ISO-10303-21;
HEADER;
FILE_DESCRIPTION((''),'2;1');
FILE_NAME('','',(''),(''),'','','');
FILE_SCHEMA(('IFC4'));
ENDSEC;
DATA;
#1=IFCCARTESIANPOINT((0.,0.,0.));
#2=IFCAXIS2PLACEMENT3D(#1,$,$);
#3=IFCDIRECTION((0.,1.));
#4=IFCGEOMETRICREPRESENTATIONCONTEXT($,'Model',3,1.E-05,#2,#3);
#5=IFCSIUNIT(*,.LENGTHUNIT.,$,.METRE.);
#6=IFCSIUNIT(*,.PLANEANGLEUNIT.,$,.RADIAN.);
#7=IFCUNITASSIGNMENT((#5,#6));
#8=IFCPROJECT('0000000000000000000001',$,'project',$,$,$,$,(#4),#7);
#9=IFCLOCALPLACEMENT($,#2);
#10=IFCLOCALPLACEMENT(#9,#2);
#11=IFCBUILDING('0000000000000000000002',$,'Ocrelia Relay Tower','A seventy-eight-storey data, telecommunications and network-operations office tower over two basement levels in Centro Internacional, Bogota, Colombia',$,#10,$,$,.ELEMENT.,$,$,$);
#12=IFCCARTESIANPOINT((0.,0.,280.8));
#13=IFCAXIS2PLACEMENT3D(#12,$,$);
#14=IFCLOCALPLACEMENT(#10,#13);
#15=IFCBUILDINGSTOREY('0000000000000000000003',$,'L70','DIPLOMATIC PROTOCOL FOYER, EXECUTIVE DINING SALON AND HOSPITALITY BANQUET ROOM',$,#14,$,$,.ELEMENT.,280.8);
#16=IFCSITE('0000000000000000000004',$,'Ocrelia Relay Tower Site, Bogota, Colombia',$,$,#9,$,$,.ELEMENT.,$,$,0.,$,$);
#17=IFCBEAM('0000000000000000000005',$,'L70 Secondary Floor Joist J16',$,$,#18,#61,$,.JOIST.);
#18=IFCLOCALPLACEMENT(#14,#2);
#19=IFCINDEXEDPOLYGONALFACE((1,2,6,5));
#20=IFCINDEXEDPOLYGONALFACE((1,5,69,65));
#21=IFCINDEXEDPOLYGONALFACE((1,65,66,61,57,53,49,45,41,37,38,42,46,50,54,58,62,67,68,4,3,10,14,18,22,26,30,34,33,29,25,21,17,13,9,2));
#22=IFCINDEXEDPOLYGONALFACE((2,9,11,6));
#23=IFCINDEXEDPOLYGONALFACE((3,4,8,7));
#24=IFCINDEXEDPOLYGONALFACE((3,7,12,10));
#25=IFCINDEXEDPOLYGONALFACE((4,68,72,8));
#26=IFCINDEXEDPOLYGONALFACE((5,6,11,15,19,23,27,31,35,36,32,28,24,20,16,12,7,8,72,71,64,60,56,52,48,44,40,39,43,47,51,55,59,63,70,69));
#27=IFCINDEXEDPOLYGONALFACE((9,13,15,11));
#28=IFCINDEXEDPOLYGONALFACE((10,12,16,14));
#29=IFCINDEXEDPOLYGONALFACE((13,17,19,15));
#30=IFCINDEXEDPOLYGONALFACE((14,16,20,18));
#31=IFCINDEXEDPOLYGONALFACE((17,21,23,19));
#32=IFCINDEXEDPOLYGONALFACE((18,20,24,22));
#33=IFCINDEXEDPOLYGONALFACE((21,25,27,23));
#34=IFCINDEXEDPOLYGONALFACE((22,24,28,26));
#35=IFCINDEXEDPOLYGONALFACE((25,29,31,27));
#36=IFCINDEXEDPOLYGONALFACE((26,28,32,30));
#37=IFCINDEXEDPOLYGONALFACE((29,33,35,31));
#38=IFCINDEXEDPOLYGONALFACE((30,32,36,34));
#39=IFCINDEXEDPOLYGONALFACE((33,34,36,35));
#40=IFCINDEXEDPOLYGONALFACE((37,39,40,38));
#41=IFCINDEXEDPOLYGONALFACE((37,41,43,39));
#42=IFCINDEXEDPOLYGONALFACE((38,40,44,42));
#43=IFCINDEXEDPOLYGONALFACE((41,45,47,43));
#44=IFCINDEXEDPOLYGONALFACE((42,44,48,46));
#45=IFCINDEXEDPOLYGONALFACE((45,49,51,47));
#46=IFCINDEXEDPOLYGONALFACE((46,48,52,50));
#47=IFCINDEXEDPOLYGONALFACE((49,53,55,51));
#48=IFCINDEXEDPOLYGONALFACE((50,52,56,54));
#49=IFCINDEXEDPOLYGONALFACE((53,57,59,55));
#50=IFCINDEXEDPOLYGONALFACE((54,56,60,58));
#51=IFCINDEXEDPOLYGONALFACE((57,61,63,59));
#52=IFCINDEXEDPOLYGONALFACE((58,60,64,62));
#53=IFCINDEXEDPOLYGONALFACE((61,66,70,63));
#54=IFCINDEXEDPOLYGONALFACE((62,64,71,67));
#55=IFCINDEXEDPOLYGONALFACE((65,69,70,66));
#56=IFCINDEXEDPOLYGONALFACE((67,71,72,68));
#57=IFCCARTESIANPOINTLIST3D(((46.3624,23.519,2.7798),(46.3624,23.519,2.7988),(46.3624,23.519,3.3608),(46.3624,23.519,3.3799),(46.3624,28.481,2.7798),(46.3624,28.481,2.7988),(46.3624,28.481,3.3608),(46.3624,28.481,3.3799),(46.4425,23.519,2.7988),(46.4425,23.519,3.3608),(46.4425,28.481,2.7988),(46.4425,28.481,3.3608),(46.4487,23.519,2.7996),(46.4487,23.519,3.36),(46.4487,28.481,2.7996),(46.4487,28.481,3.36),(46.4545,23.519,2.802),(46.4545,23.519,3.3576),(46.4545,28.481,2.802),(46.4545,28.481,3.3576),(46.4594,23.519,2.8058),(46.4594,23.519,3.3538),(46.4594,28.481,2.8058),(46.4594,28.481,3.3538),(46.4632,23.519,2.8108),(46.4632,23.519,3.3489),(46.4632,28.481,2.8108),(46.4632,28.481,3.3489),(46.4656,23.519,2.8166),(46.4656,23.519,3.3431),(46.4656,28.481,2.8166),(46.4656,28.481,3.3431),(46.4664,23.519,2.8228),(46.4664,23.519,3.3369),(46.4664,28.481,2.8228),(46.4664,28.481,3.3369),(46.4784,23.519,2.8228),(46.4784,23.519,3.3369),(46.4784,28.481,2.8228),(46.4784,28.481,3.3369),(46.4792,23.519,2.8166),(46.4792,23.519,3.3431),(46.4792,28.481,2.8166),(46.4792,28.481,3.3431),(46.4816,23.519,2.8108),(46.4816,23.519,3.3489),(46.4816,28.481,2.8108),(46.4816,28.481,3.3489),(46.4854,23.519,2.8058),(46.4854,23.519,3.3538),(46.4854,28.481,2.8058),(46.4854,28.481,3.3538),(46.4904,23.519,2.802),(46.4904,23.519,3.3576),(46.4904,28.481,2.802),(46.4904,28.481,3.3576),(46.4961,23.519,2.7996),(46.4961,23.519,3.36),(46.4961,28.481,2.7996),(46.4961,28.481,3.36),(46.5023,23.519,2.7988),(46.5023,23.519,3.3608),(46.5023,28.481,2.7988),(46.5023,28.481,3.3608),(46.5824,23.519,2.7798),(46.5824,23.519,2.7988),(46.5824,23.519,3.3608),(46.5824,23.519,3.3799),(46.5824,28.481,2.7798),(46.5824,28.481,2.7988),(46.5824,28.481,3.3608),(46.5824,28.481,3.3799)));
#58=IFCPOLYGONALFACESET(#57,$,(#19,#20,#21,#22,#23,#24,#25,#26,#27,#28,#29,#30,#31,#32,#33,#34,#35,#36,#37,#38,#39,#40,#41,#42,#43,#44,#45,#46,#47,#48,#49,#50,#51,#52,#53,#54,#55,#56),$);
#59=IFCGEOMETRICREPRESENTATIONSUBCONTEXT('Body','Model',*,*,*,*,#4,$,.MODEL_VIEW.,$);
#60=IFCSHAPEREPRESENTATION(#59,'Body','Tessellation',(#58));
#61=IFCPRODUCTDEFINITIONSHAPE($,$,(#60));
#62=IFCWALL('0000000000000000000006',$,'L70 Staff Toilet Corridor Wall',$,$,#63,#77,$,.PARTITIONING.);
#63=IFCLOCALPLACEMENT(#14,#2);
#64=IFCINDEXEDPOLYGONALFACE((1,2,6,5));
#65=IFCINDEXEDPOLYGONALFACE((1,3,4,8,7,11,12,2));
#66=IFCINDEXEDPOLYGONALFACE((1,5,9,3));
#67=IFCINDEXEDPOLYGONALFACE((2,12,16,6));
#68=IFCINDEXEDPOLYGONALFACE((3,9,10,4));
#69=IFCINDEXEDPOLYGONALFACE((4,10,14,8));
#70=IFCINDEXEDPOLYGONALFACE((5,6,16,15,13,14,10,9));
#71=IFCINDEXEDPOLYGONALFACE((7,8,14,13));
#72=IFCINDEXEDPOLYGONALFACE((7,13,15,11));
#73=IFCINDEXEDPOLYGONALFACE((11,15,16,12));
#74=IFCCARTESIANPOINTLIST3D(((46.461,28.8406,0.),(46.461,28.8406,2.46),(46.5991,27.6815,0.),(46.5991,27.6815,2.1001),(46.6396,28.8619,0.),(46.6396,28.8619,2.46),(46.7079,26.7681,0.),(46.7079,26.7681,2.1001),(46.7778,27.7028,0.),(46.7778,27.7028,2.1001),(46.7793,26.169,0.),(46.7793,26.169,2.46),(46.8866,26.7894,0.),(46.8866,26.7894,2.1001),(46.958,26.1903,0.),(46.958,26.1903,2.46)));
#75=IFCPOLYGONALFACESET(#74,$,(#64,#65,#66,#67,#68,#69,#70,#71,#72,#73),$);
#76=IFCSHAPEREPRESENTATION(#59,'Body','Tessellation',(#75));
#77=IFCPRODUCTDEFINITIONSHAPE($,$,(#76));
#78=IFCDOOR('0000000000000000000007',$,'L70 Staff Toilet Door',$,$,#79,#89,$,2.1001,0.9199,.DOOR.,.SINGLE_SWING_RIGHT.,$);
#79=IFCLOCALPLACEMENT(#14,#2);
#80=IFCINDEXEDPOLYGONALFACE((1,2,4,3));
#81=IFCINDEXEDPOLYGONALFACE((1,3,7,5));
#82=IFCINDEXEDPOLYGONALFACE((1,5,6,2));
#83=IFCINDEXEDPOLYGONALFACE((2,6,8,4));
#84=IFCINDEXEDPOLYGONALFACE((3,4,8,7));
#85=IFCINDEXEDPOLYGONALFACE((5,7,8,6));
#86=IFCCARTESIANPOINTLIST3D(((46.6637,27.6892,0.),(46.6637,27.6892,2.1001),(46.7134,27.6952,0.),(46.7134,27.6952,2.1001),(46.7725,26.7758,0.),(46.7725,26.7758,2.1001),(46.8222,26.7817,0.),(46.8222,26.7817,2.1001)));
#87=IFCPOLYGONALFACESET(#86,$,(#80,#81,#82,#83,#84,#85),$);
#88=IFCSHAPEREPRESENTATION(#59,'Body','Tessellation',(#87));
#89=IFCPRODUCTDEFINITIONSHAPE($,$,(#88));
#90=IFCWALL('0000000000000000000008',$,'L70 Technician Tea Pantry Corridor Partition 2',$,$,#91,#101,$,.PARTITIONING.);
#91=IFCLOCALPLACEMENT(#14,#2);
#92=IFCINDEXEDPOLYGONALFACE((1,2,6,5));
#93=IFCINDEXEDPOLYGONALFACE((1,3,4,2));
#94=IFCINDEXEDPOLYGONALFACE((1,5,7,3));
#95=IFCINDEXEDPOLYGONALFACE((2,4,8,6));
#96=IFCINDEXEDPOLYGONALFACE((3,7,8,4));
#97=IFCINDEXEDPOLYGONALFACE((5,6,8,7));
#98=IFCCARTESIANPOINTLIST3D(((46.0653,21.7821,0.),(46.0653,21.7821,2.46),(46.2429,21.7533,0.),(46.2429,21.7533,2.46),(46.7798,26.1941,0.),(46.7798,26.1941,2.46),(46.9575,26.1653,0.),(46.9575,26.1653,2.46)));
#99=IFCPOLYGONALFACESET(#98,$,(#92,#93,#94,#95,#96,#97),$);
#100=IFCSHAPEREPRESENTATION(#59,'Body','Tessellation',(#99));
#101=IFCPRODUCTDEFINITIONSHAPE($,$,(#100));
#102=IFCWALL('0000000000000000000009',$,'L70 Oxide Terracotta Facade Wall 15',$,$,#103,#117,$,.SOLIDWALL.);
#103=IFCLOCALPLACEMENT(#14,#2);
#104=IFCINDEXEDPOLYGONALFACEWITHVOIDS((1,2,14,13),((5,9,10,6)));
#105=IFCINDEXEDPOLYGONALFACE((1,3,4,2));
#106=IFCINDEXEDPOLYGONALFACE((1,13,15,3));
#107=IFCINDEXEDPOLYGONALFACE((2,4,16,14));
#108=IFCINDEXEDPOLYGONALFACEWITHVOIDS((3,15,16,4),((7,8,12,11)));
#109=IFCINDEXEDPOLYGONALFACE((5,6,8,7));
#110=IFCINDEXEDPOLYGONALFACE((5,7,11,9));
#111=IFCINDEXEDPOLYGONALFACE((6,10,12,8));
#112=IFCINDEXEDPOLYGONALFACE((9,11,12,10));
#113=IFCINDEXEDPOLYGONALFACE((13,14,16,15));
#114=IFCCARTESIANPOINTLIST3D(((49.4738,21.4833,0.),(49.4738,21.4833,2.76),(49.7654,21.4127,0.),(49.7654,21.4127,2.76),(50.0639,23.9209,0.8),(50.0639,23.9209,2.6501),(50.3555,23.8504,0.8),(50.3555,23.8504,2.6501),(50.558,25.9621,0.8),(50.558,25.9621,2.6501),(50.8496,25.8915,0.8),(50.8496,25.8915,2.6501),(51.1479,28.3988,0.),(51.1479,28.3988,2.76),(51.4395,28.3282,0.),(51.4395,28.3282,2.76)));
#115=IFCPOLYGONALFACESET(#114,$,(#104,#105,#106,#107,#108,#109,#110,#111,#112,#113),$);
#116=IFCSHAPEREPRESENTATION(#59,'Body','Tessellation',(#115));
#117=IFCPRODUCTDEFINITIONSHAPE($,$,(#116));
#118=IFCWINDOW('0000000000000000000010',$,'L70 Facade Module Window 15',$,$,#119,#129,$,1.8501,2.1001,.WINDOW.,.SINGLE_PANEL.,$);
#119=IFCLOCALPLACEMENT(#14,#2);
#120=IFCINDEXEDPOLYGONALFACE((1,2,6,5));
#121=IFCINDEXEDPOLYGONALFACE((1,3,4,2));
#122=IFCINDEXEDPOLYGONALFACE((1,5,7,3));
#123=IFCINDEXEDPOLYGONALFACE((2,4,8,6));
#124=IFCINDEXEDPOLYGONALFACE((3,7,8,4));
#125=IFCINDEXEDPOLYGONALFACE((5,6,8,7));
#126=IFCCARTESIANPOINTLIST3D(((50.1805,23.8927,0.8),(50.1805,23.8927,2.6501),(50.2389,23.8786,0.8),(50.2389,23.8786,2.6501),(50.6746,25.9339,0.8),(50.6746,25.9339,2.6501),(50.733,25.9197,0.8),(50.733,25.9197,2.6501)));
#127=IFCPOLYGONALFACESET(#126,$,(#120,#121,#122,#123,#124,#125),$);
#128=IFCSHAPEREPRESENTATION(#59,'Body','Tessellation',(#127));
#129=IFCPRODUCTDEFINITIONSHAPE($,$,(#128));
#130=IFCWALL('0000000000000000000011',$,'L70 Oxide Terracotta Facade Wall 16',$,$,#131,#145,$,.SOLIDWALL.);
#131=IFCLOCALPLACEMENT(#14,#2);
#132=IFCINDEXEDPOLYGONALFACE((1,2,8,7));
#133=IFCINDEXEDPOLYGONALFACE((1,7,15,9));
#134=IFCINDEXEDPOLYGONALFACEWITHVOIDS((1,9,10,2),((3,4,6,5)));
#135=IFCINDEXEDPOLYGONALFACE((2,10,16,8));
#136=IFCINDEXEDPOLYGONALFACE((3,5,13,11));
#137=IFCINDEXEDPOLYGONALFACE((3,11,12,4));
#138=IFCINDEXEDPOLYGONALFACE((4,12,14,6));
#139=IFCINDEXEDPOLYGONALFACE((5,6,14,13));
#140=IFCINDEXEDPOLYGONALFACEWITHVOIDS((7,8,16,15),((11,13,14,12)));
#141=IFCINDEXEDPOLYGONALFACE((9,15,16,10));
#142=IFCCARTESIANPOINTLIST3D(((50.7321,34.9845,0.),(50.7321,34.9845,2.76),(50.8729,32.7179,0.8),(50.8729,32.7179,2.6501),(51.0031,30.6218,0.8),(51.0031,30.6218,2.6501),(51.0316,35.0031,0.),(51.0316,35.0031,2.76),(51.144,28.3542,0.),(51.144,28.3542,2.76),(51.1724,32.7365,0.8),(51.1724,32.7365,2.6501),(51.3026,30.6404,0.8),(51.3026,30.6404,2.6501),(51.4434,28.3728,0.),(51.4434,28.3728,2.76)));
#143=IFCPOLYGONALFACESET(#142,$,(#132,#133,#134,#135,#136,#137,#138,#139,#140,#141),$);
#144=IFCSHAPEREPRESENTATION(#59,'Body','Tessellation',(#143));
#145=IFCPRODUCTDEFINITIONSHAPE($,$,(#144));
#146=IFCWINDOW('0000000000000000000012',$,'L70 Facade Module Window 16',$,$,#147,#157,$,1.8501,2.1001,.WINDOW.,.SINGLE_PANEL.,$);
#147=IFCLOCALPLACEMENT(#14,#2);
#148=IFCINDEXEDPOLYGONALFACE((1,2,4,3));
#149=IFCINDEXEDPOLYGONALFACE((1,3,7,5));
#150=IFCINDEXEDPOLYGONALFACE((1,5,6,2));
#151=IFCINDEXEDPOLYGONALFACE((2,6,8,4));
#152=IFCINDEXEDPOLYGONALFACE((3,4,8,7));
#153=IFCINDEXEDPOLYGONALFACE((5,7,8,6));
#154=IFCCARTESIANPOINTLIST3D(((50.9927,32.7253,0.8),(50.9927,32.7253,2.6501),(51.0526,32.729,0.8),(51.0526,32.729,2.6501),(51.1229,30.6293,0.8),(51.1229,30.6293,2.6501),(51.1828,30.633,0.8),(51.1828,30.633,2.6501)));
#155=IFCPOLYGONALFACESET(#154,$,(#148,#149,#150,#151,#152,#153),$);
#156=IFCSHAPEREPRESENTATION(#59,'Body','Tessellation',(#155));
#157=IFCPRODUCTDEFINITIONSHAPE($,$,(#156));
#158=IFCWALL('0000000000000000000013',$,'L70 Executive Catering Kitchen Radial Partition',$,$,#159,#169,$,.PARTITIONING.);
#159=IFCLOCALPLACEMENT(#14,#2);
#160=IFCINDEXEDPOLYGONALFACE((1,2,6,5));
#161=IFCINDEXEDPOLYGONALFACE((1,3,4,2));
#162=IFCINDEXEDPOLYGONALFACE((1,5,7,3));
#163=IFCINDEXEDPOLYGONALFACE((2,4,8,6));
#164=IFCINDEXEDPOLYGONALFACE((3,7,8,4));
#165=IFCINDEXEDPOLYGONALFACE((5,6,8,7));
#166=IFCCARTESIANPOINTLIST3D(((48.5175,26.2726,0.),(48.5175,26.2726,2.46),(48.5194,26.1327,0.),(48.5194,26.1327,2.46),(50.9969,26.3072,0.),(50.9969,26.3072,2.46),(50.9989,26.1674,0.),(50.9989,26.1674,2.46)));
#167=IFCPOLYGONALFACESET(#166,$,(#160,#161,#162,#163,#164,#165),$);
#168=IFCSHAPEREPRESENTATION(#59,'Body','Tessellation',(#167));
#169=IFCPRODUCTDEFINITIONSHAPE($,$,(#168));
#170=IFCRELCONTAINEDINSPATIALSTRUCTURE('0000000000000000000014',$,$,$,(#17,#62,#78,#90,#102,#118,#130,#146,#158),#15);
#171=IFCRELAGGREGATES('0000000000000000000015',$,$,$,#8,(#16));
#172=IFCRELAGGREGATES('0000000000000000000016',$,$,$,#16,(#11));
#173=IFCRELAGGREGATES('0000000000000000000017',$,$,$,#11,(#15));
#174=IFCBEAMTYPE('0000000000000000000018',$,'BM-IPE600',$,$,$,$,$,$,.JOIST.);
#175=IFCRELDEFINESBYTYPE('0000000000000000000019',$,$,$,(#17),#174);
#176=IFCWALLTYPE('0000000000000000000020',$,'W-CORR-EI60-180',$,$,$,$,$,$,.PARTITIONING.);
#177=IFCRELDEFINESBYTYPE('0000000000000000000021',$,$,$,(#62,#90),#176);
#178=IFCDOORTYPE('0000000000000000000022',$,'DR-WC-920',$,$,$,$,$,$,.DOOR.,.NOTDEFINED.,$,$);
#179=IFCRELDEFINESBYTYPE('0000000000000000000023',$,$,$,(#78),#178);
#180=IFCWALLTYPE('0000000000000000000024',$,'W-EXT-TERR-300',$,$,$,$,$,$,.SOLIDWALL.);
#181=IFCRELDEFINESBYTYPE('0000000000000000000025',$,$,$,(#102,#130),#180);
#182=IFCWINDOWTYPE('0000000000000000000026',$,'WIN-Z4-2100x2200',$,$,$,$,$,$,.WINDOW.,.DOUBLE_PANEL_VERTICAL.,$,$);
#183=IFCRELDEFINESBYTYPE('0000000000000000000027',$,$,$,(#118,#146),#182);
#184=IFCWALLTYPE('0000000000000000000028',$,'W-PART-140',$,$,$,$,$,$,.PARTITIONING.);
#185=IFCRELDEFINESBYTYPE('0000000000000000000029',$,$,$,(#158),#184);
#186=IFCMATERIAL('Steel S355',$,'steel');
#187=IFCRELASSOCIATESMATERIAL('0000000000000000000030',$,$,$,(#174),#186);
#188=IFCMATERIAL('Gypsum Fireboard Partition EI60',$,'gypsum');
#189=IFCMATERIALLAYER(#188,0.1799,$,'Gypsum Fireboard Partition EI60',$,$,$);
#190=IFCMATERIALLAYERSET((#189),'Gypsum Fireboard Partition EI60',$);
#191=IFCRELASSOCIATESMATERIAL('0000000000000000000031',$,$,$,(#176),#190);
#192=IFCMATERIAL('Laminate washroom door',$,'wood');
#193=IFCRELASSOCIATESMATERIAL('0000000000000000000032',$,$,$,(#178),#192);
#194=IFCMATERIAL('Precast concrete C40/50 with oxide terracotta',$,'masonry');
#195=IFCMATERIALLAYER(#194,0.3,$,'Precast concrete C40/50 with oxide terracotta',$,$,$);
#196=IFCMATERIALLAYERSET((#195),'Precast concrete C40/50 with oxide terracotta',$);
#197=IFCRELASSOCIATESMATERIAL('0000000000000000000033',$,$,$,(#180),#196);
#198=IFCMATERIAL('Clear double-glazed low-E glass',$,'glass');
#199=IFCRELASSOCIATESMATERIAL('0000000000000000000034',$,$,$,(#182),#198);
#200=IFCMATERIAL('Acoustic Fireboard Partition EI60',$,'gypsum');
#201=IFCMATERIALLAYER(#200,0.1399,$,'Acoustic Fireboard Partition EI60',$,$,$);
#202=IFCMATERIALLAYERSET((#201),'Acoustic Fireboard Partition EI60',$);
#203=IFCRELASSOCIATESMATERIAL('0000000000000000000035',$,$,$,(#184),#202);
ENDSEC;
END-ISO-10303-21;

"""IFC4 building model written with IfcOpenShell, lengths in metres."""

from ifc_helpers import new_model, si_unit, direction, frame, frame_2d, origin, origin_2d, place, context, subcontext, project, spatial, rectangle, i_section, extrude, material, layer, layer_set, material_profile, profile_set, type_object, element, fill, save


model = new_model("IFC4")

# Units and contexts
model_context = context("Model", 3, precision=1e-05, world=origin(), true_north=direction((0.0, 1.0)))
body_context = subcontext(model_context, "Body", "Model", "MODEL_VIEW")
ifc_project = project(units=[si_unit("LENGTHUNIT", "METRE"), si_unit("PLANEANGLEUNIT", "RADIAN")], contexts=[model_context])

# Site, building, storey
site_placement = place(None, origin())
site = spatial("IfcSite", under=ifc_project, at=site_placement, Name="Ocrelia Relay Tower Site, Bogota, Colombia", CompositionType="ELEMENT", RefElevation=0.0)
building_placement = place(site_placement, origin())
building = spatial("IfcBuilding", under=site, at=building_placement, Name="Ocrelia Relay Tower", Description="A seventy-eight-storey data, telecommunications and network-operations office tower over two basement levels in Centro Internacional, Bogota, Colombia", CompositionType="ELEMENT")
storey_placement = place(building_placement, frame((0.0, 0.0, 280.8)))
storey = spatial("IfcBuildingStorey", under=building, at=storey_placement, Name="L70", Description="DIPLOMATIC PROTOCOL FOYER, EXECUTIVE DINING SALON AND HOSPITALITY BANQUET ROOM", CompositionType="ELEMENT", Elevation=280.8)

# Beam
ifc_material_1 = material(Name="Steel S355", Category="steel")
ifc_material_profile_1 = material_profile(ifc_material_1, i_section(OverallWidth=0.22, OverallDepth=0.6001, WebThickness=0.012, FlangeThickness=0.019, FilletRadius=0.0239, at=origin_2d()), Name="IPE 600")
ifc_profile_set_1 = profile_set([ifc_material_profile_1], Name="Steel S355")
beam_type_1 = type_object("IfcBeamType", Name="BM-IPE600", PredefinedType="JOIST", material=ifc_profile_set_1)
beam_1_placement = place(storey_placement, frame((46.4724, 23.519, 3.0798), z_axis=(0.0, 1.0, 0.0), x_axis=(-1.0, 0.0, 0.0)))
element("IfcBeam", 1, at=beam_1_placement, inside=storey, type_object=beam_type_1, Name="L70 Secondary Floor Joist J16", PredefinedType="JOIST", context=body_context, shape_type="SweptSolid", body=[
    extrude(i_section(OverallWidth=0.22, OverallDepth=0.6001, WebThickness=0.012, FlangeThickness=0.019, FilletRadius=0.0239, at=origin_2d()), origin(), (0.0, 0.0, 1.0), 4.9619),
])

# Wall, opening, door
ifc_material_2 = material(Name="Gypsum Fireboard Partition EI60", Category="gypsum")
ifc_layer_1 = layer(ifc_material_2, 0.1799, Name="Gypsum Fireboard Partition EI60")
ifc_layer_set_1 = layer_set([ifc_layer_1], Name="Gypsum Fireboard Partition EI60")
wall_type_1 = type_object("IfcWallType", Name="W-CORR-EI60-180", PredefinedType="PARTITIONING", material=ifc_layer_set_1)
wall_1_placement = place(storey_placement, frame((46.8687, 26.1797, 0.0), z_axis=(0.0, 0.0, 1.0), x_axis=(-0.118326, 0.992975, 0.0)))
wall_1 = element("IfcWall", 2, at=wall_1_placement, inside=storey, type_object=wall_type_1, Name="L70 Staff Toilet Corridor Wall", PredefinedType="PARTITIONING", context=body_context, shape_type="SweptSolid", body=[
    extrude(rectangle(XDim=2.6904, YDim=0.1799, at=frame_2d((1.3452, 0.0))), origin(), (0.0, 0.0, 1.0), 2.46),
])
opening_1_placement = place(wall_1_placement, frame((0.6033, 0.0, 0.0)))
opening_1 = element("IfcOpeningElement", 3, at=opening_1_placement, cuts=wall_1, PredefinedType="OPENING", context=body_context, shape_type="SweptSolid", body=[
    extrude(rectangle(XDim=0.9199, YDim=2.1001, at=frame_2d((0.46, 1.05))), frame((0.0, 0.1001, 0.0), z_axis=(0.0, -1.0, 0.0), x_axis=(1.0, 0.0, 0.0)), (0.0, 0.0, 1.0), 0.2),
])
ifc_material_3 = material(Name="Laminate washroom door", Category="wood")
door_type = type_object("IfcDoorType", Name="DR-WC-920", OperationType="NOTDEFINED", PredefinedType="DOOR", material=ifc_material_3)
door_placement = place(opening_1_placement, origin())
door = element("IfcDoor", 4, at=door_placement, inside=storey, type_object=door_type, Name="L70 Staff Toilet Door", OperationType="SINGLE_SWING_RIGHT", OverallHeight=2.1001, OverallWidth=0.9199, PredefinedType="DOOR", context=body_context, shape_type="SweptSolid", body=[
    extrude(rectangle(XDim=0.9199, YDim=2.1001, at=frame_2d((0.46, 1.05))), frame((0.0, 0.0249, 0.0), z_axis=(0.0, -1.0, 0.0), x_axis=(1.0, 0.0, 0.0)), (0.0, 0.0, 1.0), 0.05),
])
fill(opening_1, door)

# Wall
wall_2_placement = place(storey_placement, frame((46.1541, 21.7676, 0.0), z_axis=(0.0, 0.0, 1.0), x_axis=(0.15988, 0.987136, 0.0)))
element("IfcWall", 5, at=wall_2_placement, inside=storey, type_object=wall_type_1, Name="L70 Technician Tea Pantry Corridor Partition 2", PredefinedType="PARTITIONING", context=body_context, shape_type="SweptSolid", body=[
    extrude(rectangle(XDim=4.4695, YDim=0.1799, at=frame_2d((2.2349, 0.0))), origin(), (0.0, 0.0, 1.0), 2.46),
])

# Walls, openings, windows
ifc_material_4 = material(Name="Precast concrete C40/50 with oxide terracotta", Category="masonry")
ifc_layer_2 = layer(ifc_material_4, 0.3, Name="Precast concrete C40/50 with oxide terracotta")
ifc_layer_set_2 = layer_set([ifc_layer_2], Name="Precast concrete C40/50 with oxide terracotta")
wall_type_2 = type_object("IfcWallType", Name="W-EXT-TERR-300", PredefinedType="SOLIDWALL", material=ifc_layer_set_2)
wall_3_placement = place(storey_placement, frame((49.6196, 21.448, 0.0), z_axis=(0.0, 0.0, 1.0), x_axis=(0.235279, 0.971928, 0.0)))
wall_3 = element("IfcWall", 6, at=wall_3_placement, inside=storey, type_object=wall_type_2, Name="L70 Oxide Terracotta Facade Wall 15", PredefinedType="SOLIDWALL", context=body_context, shape_type="SweptSolid", body=[
    extrude(rectangle(XDim=7.1152, YDim=0.3, at=frame_2d((3.5576, 0.0))), origin(), (0.0, 0.0, 1.0), 2.76),
])
opening_2_placement = place(wall_3_placement, frame((2.5081, 0.0, 0.8)))
opening_2 = element("IfcOpeningElement", 7, at=opening_2_placement, cuts=wall_3, PredefinedType="OPENING", context=body_context, shape_type="SweptSolid", body=[
    extrude(rectangle(XDim=2.1001, YDim=1.8501, at=frame_2d((1.05, 0.925))), frame((0.0, 0.1602, 0.0), z_axis=(0.0, -1.0, 0.0), x_axis=(1.0, 0.0, 0.0)), (0.0, 0.0, 1.0), 0.3201),
])
ifc_material_5 = material(Name="Clear double-glazed low-E glass", Category="glass")
window_type = type_object("IfcWindowType", Name="WIN-Z4-2100x2200", PartitioningType="DOUBLE_PANEL_VERTICAL", PredefinedType="WINDOW", material=ifc_material_5)
window_1_placement = place(opening_2_placement, origin())
window_1 = element("IfcWindow", 8, at=window_1_placement, inside=storey, type_object=window_type, Name="L70 Facade Module Window 15", OverallHeight=1.8501, OverallWidth=2.1001, PartitioningType="SINGLE_PANEL", PredefinedType="WINDOW", context=body_context, shape_type="SweptSolid", body=[
    extrude(rectangle(XDim=2.1001, YDim=1.8501, at=frame_2d((1.05, 0.925))), frame((0.0, 0.03, 0.0), z_axis=(0.0, -1.0, 0.0), x_axis=(1.0, 0.0, 0.0)), (0.0, 0.0, 1.0), 0.0601),
])
fill(opening_2, window_1)
wall_4_placement = place(storey_placement, frame((51.2937, 28.3635, 0.0), z_axis=(0.0, 0.0, 1.0), x_axis=(-0.061998, 0.998076, 0.0)))
wall_4 = element("IfcWall", 9, at=wall_4_placement, inside=storey, type_object=wall_type_2, Name="L70 Oxide Terracotta Facade Wall 16", PredefinedType="SOLIDWALL", context=body_context, shape_type="SweptSolid", body=[
    extrude(rectangle(XDim=6.6431, YDim=0.3, at=frame_2d((3.3215, 0.0))), origin(), (0.0, 0.0, 1.0), 2.76),
])
opening_3_placement = place(wall_4_placement, frame((2.272, 0.0, 0.8)))
opening_3 = element("IfcOpeningElement", 10, at=opening_3_placement, cuts=wall_4, PredefinedType="OPENING", context=body_context, shape_type="SweptSolid", body=[
    extrude(rectangle(XDim=2.1001, YDim=1.8501, at=frame_2d((1.05, 0.925))), frame((0.0, 0.1602, 0.0), z_axis=(0.0, -1.0, 0.0), x_axis=(1.0, 0.0, 0.0)), (0.0, 0.0, 1.0), 0.3201),
])
window_2_placement = place(opening_3_placement, origin())
window_2 = element("IfcWindow", 11, at=window_2_placement, inside=storey, type_object=window_type, Name="L70 Facade Module Window 16", OverallHeight=1.8501, OverallWidth=2.1001, PartitioningType="SINGLE_PANEL", PredefinedType="WINDOW", context=body_context, shape_type="SweptSolid", body=[
    extrude(rectangle(XDim=2.1001, YDim=1.8501, at=frame_2d((1.05, 0.925))), frame((0.0, 0.03, 0.0), z_axis=(0.0, -1.0, 0.0), x_axis=(1.0, 0.0, 0.0)), (0.0, 0.0, 1.0), 0.0601),
])
fill(opening_3, window_2)

# Wall
ifc_material_6 = material(Name="Acoustic Fireboard Partition EI60", Category="gypsum")
ifc_layer_3 = layer(ifc_material_6, 0.1399, Name="Acoustic Fireboard Partition EI60")
ifc_layer_set_3 = layer_set([ifc_layer_3], Name="Acoustic Fireboard Partition EI60")
wall_type_3 = type_object("IfcWallType", Name="W-PART-140", PredefinedType="PARTITIONING", material=ifc_layer_set_3)
wall_5_placement = place(storey_placement, frame((48.5186, 26.2026, 0.0), z_axis=(0.0, 0.0, 1.0), x_axis=(0.999902, 0.013981, 0.0)))
element("IfcWall", 12, at=wall_5_placement, inside=storey, type_object=wall_type_3, Name="L70 Executive Catering Kitchen Radial Partition", PredefinedType="PARTITIONING", context=body_context, shape_type="SweptSolid", body=[
    extrude(rectangle(XDim=2.4797, YDim=0.1399, at=frame_2d((1.2397, 0.0))), origin(), (0.0, 0.0, 1.0), 2.46),
])

save(model, "model.ifc")
